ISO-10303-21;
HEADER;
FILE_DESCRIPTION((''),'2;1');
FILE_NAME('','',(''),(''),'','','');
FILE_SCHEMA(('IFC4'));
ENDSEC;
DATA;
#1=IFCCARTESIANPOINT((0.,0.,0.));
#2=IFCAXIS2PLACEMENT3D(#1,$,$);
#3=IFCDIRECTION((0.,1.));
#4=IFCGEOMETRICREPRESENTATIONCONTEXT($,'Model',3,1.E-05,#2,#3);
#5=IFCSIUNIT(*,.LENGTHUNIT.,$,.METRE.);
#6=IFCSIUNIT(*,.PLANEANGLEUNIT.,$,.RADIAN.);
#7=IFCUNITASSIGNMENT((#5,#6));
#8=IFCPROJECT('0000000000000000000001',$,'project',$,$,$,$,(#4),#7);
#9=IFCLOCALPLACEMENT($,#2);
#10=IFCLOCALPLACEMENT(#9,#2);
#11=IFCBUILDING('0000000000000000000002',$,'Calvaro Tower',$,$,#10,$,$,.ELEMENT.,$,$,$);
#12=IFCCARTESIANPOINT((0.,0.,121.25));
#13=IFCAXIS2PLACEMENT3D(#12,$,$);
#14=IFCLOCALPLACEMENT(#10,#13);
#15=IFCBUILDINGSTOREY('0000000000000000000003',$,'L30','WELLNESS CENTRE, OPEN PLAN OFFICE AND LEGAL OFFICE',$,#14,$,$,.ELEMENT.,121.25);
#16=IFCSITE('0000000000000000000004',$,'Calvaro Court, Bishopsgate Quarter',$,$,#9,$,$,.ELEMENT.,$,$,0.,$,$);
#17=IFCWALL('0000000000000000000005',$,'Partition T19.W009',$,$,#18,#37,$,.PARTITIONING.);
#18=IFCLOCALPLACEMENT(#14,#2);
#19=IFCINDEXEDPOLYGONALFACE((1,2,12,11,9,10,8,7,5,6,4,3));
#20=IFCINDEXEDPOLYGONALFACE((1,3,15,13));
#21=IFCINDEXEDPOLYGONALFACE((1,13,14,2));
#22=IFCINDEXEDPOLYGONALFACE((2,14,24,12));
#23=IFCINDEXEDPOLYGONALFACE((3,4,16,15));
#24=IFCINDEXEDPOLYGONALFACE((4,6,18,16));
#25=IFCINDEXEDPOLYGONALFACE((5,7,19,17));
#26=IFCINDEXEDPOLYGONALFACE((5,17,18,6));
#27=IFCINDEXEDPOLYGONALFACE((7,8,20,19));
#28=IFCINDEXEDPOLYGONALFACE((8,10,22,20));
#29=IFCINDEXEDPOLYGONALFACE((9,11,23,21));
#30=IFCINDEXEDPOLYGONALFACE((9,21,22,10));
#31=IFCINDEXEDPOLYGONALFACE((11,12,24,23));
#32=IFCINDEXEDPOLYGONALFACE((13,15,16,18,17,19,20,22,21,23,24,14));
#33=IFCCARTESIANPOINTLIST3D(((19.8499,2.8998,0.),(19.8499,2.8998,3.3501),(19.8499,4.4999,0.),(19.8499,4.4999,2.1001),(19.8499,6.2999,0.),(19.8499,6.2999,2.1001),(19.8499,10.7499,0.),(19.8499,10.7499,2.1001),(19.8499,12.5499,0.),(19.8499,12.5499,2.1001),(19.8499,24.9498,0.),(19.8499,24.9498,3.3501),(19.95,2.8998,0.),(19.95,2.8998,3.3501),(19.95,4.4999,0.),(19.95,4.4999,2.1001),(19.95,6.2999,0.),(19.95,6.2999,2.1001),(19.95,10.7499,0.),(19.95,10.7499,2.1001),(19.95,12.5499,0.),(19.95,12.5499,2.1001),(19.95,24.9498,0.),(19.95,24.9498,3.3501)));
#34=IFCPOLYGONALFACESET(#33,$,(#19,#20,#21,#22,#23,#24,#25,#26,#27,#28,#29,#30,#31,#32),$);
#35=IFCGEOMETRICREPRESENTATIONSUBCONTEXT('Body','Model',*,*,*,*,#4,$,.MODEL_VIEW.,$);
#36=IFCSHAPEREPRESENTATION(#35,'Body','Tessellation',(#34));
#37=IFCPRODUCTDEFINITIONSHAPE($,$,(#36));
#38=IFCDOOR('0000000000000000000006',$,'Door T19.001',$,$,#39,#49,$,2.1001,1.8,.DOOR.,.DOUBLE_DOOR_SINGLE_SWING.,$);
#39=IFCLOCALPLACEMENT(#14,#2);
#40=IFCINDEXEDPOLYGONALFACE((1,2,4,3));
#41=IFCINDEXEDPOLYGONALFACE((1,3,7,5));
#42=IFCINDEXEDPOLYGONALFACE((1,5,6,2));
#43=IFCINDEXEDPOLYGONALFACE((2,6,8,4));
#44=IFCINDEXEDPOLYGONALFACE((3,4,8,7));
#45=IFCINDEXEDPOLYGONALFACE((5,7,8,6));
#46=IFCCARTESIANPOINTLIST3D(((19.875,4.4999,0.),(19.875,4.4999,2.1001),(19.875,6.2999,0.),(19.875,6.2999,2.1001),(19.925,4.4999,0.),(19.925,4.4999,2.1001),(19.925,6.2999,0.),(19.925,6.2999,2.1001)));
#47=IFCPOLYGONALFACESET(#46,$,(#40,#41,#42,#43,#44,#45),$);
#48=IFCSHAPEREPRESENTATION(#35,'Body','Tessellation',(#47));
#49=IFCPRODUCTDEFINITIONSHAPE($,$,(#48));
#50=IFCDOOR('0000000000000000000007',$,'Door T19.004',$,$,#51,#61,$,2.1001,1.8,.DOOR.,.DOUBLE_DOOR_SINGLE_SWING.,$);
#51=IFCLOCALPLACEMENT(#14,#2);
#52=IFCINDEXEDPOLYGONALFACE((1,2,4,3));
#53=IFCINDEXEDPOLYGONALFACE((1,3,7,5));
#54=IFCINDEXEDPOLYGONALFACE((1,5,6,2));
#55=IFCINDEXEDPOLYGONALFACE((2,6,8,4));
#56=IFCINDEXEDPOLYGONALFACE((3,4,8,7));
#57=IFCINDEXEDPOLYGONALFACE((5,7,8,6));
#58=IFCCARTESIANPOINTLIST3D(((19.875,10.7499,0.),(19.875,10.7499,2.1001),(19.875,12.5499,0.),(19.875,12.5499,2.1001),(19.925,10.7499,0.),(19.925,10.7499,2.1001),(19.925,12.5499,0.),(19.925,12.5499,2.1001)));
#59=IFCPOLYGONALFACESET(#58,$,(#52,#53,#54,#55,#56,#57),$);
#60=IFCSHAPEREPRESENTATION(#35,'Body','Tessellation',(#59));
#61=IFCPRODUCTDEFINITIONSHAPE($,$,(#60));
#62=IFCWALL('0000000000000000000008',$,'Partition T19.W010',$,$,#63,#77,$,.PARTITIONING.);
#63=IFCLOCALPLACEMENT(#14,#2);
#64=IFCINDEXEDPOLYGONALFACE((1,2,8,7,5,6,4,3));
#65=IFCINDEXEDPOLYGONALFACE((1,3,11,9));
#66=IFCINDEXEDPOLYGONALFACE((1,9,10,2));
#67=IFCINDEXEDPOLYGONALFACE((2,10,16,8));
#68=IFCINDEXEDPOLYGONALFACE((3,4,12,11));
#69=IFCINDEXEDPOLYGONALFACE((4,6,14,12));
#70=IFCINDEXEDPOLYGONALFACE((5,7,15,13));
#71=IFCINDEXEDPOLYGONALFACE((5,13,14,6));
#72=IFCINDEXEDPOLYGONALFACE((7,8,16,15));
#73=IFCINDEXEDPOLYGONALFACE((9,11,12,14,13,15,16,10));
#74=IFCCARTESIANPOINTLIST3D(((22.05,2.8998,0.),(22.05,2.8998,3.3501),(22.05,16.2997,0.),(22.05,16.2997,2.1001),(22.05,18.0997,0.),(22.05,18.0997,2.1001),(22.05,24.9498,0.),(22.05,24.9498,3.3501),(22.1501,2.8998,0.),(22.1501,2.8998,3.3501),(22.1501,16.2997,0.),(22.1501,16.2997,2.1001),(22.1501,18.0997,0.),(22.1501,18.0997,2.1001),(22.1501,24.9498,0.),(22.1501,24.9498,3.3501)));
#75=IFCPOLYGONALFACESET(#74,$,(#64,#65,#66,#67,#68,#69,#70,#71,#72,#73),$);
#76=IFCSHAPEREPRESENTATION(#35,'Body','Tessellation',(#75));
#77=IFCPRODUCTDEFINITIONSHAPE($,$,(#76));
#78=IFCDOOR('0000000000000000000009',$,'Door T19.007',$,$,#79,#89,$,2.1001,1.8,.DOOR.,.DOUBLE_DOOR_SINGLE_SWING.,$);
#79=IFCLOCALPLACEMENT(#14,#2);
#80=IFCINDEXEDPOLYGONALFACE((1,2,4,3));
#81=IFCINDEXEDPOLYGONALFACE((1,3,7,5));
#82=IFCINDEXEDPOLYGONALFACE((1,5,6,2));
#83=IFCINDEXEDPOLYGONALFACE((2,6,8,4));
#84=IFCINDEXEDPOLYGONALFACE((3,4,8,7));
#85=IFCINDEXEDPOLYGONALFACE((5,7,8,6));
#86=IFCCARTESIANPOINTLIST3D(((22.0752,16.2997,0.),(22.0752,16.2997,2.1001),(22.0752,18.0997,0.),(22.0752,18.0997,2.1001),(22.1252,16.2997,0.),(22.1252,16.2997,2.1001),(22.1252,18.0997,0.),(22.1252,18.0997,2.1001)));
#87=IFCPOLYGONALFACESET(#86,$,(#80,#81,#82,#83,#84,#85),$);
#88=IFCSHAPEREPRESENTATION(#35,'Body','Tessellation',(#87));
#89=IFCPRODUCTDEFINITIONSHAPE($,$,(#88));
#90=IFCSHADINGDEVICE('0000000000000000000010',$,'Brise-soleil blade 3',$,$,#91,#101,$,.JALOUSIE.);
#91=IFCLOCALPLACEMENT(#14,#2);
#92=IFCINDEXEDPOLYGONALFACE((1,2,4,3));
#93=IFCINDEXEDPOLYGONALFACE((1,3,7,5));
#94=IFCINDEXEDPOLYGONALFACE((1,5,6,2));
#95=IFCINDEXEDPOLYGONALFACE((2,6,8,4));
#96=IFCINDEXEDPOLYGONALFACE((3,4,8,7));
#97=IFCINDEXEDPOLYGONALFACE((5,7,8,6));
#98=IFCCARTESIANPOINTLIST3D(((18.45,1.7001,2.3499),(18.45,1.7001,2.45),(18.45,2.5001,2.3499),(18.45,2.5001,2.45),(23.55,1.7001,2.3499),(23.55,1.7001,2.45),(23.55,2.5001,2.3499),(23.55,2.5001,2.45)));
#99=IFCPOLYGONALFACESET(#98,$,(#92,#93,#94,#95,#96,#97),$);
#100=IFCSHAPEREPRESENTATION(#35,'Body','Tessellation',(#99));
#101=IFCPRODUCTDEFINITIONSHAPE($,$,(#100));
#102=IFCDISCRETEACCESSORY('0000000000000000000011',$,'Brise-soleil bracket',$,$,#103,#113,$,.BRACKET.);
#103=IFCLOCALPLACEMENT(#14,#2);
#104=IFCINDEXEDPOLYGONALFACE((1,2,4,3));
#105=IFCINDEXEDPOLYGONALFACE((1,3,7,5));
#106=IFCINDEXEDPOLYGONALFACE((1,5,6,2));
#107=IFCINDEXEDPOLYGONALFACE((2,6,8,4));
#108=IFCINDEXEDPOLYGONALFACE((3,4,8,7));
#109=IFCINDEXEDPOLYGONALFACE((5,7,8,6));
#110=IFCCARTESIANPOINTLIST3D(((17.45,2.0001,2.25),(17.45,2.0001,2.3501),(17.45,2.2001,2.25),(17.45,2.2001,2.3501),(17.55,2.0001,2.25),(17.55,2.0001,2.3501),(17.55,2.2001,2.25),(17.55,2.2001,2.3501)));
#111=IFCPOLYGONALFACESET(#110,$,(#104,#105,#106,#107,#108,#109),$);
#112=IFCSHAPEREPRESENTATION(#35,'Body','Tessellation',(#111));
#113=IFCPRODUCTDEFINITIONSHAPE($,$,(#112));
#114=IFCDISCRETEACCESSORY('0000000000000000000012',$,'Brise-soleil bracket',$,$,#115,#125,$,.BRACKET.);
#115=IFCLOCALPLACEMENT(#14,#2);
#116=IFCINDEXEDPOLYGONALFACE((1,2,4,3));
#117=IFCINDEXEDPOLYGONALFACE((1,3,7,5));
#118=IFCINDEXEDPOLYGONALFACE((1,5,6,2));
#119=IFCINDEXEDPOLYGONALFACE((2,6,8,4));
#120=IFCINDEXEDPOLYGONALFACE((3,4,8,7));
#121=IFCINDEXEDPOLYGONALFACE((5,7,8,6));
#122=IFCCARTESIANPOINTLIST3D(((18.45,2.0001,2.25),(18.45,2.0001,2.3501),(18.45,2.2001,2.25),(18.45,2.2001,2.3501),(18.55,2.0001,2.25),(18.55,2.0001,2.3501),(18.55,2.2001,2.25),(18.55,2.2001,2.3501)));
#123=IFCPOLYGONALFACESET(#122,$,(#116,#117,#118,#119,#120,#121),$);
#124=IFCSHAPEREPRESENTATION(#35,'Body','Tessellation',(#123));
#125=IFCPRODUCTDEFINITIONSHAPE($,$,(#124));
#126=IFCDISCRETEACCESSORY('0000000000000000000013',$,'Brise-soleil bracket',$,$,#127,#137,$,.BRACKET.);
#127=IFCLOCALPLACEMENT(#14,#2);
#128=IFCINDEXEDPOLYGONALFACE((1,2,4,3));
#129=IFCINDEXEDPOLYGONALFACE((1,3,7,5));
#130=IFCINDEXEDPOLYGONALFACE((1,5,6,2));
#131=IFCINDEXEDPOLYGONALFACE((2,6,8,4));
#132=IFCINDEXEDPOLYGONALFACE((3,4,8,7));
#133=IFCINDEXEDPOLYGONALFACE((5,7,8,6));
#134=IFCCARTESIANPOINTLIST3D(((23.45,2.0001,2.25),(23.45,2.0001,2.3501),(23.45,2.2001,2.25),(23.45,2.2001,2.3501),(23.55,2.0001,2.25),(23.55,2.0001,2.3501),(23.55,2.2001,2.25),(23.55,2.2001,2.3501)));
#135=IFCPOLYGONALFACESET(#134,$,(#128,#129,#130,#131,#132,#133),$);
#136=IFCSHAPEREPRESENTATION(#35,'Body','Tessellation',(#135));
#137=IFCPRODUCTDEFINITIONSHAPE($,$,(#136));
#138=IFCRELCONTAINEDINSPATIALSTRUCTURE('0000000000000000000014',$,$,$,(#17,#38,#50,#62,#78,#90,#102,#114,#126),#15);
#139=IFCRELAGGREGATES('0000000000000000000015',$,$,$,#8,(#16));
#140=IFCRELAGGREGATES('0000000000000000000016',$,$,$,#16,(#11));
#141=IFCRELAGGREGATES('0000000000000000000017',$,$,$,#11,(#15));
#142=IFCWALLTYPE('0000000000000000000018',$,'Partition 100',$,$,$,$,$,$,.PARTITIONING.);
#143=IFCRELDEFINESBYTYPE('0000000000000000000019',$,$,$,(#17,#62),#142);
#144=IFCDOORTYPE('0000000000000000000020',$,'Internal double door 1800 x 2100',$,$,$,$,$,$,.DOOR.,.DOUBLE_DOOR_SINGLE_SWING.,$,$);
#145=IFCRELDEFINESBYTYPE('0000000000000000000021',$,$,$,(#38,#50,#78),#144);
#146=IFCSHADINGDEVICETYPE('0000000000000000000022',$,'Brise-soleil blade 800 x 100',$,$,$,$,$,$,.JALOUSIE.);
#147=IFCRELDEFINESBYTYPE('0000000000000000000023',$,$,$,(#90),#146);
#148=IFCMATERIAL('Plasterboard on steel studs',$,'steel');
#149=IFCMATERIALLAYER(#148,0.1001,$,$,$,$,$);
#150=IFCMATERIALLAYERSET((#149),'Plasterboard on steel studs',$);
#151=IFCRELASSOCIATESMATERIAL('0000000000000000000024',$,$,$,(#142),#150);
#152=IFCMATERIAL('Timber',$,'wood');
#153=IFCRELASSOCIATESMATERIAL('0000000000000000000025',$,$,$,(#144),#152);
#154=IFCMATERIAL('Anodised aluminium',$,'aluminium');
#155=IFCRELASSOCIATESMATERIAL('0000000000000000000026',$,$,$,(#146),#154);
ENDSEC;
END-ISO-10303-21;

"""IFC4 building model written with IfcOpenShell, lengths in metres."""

from ifc_helpers import new_model, si_unit, direction, frame, frame_2d, origin, origin_2d, place, context, subcontext, project, spatial, rectangle, extrude, material, layer, layer_set, material_profile, profile_set, type_object, element, fill, save


model = new_model("IFC4")

# Units and contexts
model_context = context("Model", 3, precision=1e-05, world=origin(), true_north=direction((0.0, 1.0)))
body_context = subcontext(model_context, "Body", "Model", "MODEL_VIEW")
ifc_project = project(units=[si_unit("LENGTHUNIT", "METRE"), si_unit("PLANEANGLEUNIT", "RADIAN")], contexts=[model_context])

# Site, building, storey
site_placement = place(None, origin())
site = spatial("IfcSite", under=ifc_project, at=site_placement, Name="Calvaro Court, Bishopsgate Quarter", CompositionType="ELEMENT", RefElevation=0.0)
building_placement = place(site_placement, origin())
building = spatial("IfcBuilding", under=site, at=building_placement, Name="Calvaro Tower", CompositionType="ELEMENT")
storey_placement = place(building_placement, frame((0.0, 0.0, 121.25)))
storey = spatial("IfcBuildingStorey", under=building, at=storey_placement, Name="L30", Description="WELLNESS CENTRE, OPEN PLAN OFFICE AND LEGAL OFFICE", CompositionType="ELEMENT", Elevation=121.25)

# Wall, openings, doors
ifc_material_1 = material(Name="Plasterboard on steel studs", Category="steel")
ifc_layer_1 = layer(ifc_material_1, 0.1001)
ifc_layer_set_1 = layer_set([ifc_layer_1], Name="Plasterboard on steel studs")
wall_type = type_object("IfcWallType", Name="Partition 100", PredefinedType="PARTITIONING", material=ifc_layer_set_1)
wall_1_placement = place(storey_placement, frame((19.8999, 2.8999, 0.0), z_axis=(0.0, 0.0, 1.0), x_axis=(0.0, 1.0, 0.0)))
wall_1 = element("IfcWall", 1, at=wall_1_placement, inside=storey, type_object=wall_type, Name="Partition T19.W009", PredefinedType="PARTITIONING", context=body_context, shape_type="SweptSolid", body=[
    extrude(rectangle(XDim=22.05, YDim=0.1001, at=frame_2d((11.0249, 0.0))), origin(), (0.0, 0.0, 1.0), 3.3501),
])
opening_1_placement = place(wall_1_placement, frame((1.6001, 0.0, 0.0)))
opening_1 = element("IfcOpeningElement", 2, at=opening_1_placement, cuts=wall_1, PredefinedType="OPENING", context=body_context, shape_type="SweptSolid", body=[
    extrude(rectangle(XDim=1.8, YDim=2.1001, at=frame_2d((0.8999, 1.05))), frame((0.0, 0.0601, 0.0), z_axis=(0.0, -1.0, 0.0), x_axis=(1.0, 0.0, 0.0)), (0.0, 0.0, 1.0), 0.1201),
])
opening_2_placement = place(wall_1_placement, frame((7.8501, 0.0, 0.0)))
opening_2 = element("IfcOpeningElement", 3, at=opening_2_placement, cuts=wall_1, PredefinedType="OPENING", context=body_context, shape_type="SweptSolid", body=[
    extrude(rectangle(XDim=1.8, YDim=2.1001, at=frame_2d((0.8999, 1.05))), frame((0.0, 0.0601, 0.0), z_axis=(0.0, -1.0, 0.0), x_axis=(1.0, 0.0, 0.0)), (0.0, 0.0, 1.0), 0.1201),
])
ifc_material_2 = material(Name="Timber", Category="wood")
door_type = type_object("IfcDoorType", Name="Internal double door 1800 x 2100", OperationType="DOUBLE_DOOR_SINGLE_SWING", PredefinedType="DOOR", material=ifc_material_2)
door_1_placement = place(opening_1_placement, origin())
door_1 = element("IfcDoor", 4, at=door_1_placement, inside=storey, type_object=door_type, Name="Door T19.001", OperationType="DOUBLE_DOOR_SINGLE_SWING", OverallHeight=2.1001, OverallWidth=1.8, PredefinedType="DOOR", context=body_context, shape_type="SweptSolid", body=[
    extrude(rectangle(XDim=1.8, YDim=2.1001, at=frame_2d((0.8999, 1.05))), frame((0.0, 0.0249, 0.0), z_axis=(0.0, -1.0, 0.0), x_axis=(1.0, 0.0, 0.0)), (0.0, 0.0, 1.0), 0.05),
])
fill(opening_1, door_1)
door_2_placement = place(opening_2_placement, origin())
door_2 = element("IfcDoor", 5, at=door_2_placement, inside=storey, type_object=door_type, Name="Door T19.004", OperationType="DOUBLE_DOOR_SINGLE_SWING", OverallHeight=2.1001, OverallWidth=1.8, PredefinedType="DOOR", context=body_context, shape_type="SweptSolid", body=[
    extrude(rectangle(XDim=1.8, YDim=2.1001, at=frame_2d((0.8999, 1.05))), frame((0.0, 0.0249, 0.0), z_axis=(0.0, -1.0, 0.0), x_axis=(1.0, 0.0, 0.0)), (0.0, 0.0, 1.0), 0.05),
])
fill(opening_2, door_2)

# Wall, opening, door
wall_2_placement = place(storey_placement, frame((22.1001, 2.8999, 0.0), z_axis=(0.0, 0.0, 1.0), x_axis=(0.0, 1.0, 0.0)))
wall_2 = element("IfcWall", 6, at=wall_2_placement, inside=storey, type_object=wall_type, Name="Partition T19.W010", PredefinedType="PARTITIONING", context=body_context, shape_type="SweptSolid", body=[
    extrude(rectangle(XDim=22.05, YDim=0.1001, at=frame_2d((11.0249, 0.0))), origin(), (0.0, 0.0, 1.0), 3.3501),
])
opening_3_placement = place(wall_2_placement, frame((13.3999, 0.0, 0.0)))
opening_3 = element("IfcOpeningElement", 7, at=opening_3_placement, cuts=wall_2, PredefinedType="OPENING", context=body_context, shape_type="SweptSolid", body=[
    extrude(rectangle(XDim=1.8, YDim=2.1001, at=frame_2d((0.8999, 1.05))), frame((0.0, 0.0601, 0.0), z_axis=(0.0, -1.0, 0.0), x_axis=(1.0, 0.0, 0.0)), (0.0, 0.0, 1.0), 0.1201),
])
door_3_placement = place(opening_3_placement, origin())
door_3 = element("IfcDoor", 8, at=door_3_placement, inside=storey, type_object=door_type, Name="Door T19.007", OperationType="DOUBLE_DOOR_SINGLE_SWING", OverallHeight=2.1001, OverallWidth=1.8, PredefinedType="DOOR", context=body_context, shape_type="SweptSolid", body=[
    extrude(rectangle(XDim=1.8, YDim=2.1001, at=frame_2d((0.8999, 1.05))), frame((0.0, 0.0249, 0.0), z_axis=(0.0, -1.0, 0.0), x_axis=(1.0, 0.0, 0.0)), (0.0, 0.0, 1.0), 0.05),
])
fill(opening_3, door_3)

# Shading device
ifc_material_3 = material(Name="Anodised aluminium", Category="aluminium")
ifc_material_profile_1 = material_profile(ifc_material_3, rectangle(XDim=0.8, YDim=0.1001, at=origin_2d()), Name="Brise-soleil blade 800 x 100")
ifc_profile_set_1 = profile_set([ifc_material_profile_1], Name="Anodised aluminium")
shading_device_type = type_object("IfcShadingDeviceType", Name="Brise-soleil blade 800 x 100", PredefinedType="JALOUSIE", material=ifc_profile_set_1)
shading_device_placement = place(storey_placement, frame((18.45, 2.1001, 2.3999), z_axis=(1.0, 0.0, 0.0), x_axis=(0.0, 1.0, 0.0)))
element("IfcShadingDevice", 9, at=shading_device_placement, inside=storey, type_object=shading_device_type, Name="Brise-soleil blade 3", PredefinedType="JALOUSIE", context=body_context, shape_type="SweptSolid", body=[
    extrude(rectangle(XDim=0.8, YDim=0.1001, at=origin_2d()), origin(), (0.0, 0.0, 1.0), 5.1001),
])

# Discrete accessories
for number, where, z_axis, x_axis, name in (
    (10, (17.5, 2.1001, 2.25), (0.0, 0.0, 1.0), (1.0, 0.0, 0.0), "Brise-soleil bracket"),
    (11, (18.5, 2.1001, 2.25), (0.0, 0.0, 1.0), (1.0, 0.0, 0.0), "Brise-soleil bracket"),
    (12, (23.5, 2.1001, 2.25), (0.0, 0.0, 1.0), (1.0, 0.0, 0.0), "Brise-soleil bracket"),
):
    element("IfcDiscreteAccessory", number, at=place(storey_placement, frame(where, z_axis=z_axis, x_axis=x_axis)), inside=storey, Name=name, PredefinedType="BRACKET", context=body_context, shape_type="SweptSolid", body=[
        extrude(rectangle(XDim=0.1001, YDim=0.2, at=origin_2d()), origin(), (0.0, 0.0, 1.0), 0.1001),
    ])

save(model, "model.ifc")
